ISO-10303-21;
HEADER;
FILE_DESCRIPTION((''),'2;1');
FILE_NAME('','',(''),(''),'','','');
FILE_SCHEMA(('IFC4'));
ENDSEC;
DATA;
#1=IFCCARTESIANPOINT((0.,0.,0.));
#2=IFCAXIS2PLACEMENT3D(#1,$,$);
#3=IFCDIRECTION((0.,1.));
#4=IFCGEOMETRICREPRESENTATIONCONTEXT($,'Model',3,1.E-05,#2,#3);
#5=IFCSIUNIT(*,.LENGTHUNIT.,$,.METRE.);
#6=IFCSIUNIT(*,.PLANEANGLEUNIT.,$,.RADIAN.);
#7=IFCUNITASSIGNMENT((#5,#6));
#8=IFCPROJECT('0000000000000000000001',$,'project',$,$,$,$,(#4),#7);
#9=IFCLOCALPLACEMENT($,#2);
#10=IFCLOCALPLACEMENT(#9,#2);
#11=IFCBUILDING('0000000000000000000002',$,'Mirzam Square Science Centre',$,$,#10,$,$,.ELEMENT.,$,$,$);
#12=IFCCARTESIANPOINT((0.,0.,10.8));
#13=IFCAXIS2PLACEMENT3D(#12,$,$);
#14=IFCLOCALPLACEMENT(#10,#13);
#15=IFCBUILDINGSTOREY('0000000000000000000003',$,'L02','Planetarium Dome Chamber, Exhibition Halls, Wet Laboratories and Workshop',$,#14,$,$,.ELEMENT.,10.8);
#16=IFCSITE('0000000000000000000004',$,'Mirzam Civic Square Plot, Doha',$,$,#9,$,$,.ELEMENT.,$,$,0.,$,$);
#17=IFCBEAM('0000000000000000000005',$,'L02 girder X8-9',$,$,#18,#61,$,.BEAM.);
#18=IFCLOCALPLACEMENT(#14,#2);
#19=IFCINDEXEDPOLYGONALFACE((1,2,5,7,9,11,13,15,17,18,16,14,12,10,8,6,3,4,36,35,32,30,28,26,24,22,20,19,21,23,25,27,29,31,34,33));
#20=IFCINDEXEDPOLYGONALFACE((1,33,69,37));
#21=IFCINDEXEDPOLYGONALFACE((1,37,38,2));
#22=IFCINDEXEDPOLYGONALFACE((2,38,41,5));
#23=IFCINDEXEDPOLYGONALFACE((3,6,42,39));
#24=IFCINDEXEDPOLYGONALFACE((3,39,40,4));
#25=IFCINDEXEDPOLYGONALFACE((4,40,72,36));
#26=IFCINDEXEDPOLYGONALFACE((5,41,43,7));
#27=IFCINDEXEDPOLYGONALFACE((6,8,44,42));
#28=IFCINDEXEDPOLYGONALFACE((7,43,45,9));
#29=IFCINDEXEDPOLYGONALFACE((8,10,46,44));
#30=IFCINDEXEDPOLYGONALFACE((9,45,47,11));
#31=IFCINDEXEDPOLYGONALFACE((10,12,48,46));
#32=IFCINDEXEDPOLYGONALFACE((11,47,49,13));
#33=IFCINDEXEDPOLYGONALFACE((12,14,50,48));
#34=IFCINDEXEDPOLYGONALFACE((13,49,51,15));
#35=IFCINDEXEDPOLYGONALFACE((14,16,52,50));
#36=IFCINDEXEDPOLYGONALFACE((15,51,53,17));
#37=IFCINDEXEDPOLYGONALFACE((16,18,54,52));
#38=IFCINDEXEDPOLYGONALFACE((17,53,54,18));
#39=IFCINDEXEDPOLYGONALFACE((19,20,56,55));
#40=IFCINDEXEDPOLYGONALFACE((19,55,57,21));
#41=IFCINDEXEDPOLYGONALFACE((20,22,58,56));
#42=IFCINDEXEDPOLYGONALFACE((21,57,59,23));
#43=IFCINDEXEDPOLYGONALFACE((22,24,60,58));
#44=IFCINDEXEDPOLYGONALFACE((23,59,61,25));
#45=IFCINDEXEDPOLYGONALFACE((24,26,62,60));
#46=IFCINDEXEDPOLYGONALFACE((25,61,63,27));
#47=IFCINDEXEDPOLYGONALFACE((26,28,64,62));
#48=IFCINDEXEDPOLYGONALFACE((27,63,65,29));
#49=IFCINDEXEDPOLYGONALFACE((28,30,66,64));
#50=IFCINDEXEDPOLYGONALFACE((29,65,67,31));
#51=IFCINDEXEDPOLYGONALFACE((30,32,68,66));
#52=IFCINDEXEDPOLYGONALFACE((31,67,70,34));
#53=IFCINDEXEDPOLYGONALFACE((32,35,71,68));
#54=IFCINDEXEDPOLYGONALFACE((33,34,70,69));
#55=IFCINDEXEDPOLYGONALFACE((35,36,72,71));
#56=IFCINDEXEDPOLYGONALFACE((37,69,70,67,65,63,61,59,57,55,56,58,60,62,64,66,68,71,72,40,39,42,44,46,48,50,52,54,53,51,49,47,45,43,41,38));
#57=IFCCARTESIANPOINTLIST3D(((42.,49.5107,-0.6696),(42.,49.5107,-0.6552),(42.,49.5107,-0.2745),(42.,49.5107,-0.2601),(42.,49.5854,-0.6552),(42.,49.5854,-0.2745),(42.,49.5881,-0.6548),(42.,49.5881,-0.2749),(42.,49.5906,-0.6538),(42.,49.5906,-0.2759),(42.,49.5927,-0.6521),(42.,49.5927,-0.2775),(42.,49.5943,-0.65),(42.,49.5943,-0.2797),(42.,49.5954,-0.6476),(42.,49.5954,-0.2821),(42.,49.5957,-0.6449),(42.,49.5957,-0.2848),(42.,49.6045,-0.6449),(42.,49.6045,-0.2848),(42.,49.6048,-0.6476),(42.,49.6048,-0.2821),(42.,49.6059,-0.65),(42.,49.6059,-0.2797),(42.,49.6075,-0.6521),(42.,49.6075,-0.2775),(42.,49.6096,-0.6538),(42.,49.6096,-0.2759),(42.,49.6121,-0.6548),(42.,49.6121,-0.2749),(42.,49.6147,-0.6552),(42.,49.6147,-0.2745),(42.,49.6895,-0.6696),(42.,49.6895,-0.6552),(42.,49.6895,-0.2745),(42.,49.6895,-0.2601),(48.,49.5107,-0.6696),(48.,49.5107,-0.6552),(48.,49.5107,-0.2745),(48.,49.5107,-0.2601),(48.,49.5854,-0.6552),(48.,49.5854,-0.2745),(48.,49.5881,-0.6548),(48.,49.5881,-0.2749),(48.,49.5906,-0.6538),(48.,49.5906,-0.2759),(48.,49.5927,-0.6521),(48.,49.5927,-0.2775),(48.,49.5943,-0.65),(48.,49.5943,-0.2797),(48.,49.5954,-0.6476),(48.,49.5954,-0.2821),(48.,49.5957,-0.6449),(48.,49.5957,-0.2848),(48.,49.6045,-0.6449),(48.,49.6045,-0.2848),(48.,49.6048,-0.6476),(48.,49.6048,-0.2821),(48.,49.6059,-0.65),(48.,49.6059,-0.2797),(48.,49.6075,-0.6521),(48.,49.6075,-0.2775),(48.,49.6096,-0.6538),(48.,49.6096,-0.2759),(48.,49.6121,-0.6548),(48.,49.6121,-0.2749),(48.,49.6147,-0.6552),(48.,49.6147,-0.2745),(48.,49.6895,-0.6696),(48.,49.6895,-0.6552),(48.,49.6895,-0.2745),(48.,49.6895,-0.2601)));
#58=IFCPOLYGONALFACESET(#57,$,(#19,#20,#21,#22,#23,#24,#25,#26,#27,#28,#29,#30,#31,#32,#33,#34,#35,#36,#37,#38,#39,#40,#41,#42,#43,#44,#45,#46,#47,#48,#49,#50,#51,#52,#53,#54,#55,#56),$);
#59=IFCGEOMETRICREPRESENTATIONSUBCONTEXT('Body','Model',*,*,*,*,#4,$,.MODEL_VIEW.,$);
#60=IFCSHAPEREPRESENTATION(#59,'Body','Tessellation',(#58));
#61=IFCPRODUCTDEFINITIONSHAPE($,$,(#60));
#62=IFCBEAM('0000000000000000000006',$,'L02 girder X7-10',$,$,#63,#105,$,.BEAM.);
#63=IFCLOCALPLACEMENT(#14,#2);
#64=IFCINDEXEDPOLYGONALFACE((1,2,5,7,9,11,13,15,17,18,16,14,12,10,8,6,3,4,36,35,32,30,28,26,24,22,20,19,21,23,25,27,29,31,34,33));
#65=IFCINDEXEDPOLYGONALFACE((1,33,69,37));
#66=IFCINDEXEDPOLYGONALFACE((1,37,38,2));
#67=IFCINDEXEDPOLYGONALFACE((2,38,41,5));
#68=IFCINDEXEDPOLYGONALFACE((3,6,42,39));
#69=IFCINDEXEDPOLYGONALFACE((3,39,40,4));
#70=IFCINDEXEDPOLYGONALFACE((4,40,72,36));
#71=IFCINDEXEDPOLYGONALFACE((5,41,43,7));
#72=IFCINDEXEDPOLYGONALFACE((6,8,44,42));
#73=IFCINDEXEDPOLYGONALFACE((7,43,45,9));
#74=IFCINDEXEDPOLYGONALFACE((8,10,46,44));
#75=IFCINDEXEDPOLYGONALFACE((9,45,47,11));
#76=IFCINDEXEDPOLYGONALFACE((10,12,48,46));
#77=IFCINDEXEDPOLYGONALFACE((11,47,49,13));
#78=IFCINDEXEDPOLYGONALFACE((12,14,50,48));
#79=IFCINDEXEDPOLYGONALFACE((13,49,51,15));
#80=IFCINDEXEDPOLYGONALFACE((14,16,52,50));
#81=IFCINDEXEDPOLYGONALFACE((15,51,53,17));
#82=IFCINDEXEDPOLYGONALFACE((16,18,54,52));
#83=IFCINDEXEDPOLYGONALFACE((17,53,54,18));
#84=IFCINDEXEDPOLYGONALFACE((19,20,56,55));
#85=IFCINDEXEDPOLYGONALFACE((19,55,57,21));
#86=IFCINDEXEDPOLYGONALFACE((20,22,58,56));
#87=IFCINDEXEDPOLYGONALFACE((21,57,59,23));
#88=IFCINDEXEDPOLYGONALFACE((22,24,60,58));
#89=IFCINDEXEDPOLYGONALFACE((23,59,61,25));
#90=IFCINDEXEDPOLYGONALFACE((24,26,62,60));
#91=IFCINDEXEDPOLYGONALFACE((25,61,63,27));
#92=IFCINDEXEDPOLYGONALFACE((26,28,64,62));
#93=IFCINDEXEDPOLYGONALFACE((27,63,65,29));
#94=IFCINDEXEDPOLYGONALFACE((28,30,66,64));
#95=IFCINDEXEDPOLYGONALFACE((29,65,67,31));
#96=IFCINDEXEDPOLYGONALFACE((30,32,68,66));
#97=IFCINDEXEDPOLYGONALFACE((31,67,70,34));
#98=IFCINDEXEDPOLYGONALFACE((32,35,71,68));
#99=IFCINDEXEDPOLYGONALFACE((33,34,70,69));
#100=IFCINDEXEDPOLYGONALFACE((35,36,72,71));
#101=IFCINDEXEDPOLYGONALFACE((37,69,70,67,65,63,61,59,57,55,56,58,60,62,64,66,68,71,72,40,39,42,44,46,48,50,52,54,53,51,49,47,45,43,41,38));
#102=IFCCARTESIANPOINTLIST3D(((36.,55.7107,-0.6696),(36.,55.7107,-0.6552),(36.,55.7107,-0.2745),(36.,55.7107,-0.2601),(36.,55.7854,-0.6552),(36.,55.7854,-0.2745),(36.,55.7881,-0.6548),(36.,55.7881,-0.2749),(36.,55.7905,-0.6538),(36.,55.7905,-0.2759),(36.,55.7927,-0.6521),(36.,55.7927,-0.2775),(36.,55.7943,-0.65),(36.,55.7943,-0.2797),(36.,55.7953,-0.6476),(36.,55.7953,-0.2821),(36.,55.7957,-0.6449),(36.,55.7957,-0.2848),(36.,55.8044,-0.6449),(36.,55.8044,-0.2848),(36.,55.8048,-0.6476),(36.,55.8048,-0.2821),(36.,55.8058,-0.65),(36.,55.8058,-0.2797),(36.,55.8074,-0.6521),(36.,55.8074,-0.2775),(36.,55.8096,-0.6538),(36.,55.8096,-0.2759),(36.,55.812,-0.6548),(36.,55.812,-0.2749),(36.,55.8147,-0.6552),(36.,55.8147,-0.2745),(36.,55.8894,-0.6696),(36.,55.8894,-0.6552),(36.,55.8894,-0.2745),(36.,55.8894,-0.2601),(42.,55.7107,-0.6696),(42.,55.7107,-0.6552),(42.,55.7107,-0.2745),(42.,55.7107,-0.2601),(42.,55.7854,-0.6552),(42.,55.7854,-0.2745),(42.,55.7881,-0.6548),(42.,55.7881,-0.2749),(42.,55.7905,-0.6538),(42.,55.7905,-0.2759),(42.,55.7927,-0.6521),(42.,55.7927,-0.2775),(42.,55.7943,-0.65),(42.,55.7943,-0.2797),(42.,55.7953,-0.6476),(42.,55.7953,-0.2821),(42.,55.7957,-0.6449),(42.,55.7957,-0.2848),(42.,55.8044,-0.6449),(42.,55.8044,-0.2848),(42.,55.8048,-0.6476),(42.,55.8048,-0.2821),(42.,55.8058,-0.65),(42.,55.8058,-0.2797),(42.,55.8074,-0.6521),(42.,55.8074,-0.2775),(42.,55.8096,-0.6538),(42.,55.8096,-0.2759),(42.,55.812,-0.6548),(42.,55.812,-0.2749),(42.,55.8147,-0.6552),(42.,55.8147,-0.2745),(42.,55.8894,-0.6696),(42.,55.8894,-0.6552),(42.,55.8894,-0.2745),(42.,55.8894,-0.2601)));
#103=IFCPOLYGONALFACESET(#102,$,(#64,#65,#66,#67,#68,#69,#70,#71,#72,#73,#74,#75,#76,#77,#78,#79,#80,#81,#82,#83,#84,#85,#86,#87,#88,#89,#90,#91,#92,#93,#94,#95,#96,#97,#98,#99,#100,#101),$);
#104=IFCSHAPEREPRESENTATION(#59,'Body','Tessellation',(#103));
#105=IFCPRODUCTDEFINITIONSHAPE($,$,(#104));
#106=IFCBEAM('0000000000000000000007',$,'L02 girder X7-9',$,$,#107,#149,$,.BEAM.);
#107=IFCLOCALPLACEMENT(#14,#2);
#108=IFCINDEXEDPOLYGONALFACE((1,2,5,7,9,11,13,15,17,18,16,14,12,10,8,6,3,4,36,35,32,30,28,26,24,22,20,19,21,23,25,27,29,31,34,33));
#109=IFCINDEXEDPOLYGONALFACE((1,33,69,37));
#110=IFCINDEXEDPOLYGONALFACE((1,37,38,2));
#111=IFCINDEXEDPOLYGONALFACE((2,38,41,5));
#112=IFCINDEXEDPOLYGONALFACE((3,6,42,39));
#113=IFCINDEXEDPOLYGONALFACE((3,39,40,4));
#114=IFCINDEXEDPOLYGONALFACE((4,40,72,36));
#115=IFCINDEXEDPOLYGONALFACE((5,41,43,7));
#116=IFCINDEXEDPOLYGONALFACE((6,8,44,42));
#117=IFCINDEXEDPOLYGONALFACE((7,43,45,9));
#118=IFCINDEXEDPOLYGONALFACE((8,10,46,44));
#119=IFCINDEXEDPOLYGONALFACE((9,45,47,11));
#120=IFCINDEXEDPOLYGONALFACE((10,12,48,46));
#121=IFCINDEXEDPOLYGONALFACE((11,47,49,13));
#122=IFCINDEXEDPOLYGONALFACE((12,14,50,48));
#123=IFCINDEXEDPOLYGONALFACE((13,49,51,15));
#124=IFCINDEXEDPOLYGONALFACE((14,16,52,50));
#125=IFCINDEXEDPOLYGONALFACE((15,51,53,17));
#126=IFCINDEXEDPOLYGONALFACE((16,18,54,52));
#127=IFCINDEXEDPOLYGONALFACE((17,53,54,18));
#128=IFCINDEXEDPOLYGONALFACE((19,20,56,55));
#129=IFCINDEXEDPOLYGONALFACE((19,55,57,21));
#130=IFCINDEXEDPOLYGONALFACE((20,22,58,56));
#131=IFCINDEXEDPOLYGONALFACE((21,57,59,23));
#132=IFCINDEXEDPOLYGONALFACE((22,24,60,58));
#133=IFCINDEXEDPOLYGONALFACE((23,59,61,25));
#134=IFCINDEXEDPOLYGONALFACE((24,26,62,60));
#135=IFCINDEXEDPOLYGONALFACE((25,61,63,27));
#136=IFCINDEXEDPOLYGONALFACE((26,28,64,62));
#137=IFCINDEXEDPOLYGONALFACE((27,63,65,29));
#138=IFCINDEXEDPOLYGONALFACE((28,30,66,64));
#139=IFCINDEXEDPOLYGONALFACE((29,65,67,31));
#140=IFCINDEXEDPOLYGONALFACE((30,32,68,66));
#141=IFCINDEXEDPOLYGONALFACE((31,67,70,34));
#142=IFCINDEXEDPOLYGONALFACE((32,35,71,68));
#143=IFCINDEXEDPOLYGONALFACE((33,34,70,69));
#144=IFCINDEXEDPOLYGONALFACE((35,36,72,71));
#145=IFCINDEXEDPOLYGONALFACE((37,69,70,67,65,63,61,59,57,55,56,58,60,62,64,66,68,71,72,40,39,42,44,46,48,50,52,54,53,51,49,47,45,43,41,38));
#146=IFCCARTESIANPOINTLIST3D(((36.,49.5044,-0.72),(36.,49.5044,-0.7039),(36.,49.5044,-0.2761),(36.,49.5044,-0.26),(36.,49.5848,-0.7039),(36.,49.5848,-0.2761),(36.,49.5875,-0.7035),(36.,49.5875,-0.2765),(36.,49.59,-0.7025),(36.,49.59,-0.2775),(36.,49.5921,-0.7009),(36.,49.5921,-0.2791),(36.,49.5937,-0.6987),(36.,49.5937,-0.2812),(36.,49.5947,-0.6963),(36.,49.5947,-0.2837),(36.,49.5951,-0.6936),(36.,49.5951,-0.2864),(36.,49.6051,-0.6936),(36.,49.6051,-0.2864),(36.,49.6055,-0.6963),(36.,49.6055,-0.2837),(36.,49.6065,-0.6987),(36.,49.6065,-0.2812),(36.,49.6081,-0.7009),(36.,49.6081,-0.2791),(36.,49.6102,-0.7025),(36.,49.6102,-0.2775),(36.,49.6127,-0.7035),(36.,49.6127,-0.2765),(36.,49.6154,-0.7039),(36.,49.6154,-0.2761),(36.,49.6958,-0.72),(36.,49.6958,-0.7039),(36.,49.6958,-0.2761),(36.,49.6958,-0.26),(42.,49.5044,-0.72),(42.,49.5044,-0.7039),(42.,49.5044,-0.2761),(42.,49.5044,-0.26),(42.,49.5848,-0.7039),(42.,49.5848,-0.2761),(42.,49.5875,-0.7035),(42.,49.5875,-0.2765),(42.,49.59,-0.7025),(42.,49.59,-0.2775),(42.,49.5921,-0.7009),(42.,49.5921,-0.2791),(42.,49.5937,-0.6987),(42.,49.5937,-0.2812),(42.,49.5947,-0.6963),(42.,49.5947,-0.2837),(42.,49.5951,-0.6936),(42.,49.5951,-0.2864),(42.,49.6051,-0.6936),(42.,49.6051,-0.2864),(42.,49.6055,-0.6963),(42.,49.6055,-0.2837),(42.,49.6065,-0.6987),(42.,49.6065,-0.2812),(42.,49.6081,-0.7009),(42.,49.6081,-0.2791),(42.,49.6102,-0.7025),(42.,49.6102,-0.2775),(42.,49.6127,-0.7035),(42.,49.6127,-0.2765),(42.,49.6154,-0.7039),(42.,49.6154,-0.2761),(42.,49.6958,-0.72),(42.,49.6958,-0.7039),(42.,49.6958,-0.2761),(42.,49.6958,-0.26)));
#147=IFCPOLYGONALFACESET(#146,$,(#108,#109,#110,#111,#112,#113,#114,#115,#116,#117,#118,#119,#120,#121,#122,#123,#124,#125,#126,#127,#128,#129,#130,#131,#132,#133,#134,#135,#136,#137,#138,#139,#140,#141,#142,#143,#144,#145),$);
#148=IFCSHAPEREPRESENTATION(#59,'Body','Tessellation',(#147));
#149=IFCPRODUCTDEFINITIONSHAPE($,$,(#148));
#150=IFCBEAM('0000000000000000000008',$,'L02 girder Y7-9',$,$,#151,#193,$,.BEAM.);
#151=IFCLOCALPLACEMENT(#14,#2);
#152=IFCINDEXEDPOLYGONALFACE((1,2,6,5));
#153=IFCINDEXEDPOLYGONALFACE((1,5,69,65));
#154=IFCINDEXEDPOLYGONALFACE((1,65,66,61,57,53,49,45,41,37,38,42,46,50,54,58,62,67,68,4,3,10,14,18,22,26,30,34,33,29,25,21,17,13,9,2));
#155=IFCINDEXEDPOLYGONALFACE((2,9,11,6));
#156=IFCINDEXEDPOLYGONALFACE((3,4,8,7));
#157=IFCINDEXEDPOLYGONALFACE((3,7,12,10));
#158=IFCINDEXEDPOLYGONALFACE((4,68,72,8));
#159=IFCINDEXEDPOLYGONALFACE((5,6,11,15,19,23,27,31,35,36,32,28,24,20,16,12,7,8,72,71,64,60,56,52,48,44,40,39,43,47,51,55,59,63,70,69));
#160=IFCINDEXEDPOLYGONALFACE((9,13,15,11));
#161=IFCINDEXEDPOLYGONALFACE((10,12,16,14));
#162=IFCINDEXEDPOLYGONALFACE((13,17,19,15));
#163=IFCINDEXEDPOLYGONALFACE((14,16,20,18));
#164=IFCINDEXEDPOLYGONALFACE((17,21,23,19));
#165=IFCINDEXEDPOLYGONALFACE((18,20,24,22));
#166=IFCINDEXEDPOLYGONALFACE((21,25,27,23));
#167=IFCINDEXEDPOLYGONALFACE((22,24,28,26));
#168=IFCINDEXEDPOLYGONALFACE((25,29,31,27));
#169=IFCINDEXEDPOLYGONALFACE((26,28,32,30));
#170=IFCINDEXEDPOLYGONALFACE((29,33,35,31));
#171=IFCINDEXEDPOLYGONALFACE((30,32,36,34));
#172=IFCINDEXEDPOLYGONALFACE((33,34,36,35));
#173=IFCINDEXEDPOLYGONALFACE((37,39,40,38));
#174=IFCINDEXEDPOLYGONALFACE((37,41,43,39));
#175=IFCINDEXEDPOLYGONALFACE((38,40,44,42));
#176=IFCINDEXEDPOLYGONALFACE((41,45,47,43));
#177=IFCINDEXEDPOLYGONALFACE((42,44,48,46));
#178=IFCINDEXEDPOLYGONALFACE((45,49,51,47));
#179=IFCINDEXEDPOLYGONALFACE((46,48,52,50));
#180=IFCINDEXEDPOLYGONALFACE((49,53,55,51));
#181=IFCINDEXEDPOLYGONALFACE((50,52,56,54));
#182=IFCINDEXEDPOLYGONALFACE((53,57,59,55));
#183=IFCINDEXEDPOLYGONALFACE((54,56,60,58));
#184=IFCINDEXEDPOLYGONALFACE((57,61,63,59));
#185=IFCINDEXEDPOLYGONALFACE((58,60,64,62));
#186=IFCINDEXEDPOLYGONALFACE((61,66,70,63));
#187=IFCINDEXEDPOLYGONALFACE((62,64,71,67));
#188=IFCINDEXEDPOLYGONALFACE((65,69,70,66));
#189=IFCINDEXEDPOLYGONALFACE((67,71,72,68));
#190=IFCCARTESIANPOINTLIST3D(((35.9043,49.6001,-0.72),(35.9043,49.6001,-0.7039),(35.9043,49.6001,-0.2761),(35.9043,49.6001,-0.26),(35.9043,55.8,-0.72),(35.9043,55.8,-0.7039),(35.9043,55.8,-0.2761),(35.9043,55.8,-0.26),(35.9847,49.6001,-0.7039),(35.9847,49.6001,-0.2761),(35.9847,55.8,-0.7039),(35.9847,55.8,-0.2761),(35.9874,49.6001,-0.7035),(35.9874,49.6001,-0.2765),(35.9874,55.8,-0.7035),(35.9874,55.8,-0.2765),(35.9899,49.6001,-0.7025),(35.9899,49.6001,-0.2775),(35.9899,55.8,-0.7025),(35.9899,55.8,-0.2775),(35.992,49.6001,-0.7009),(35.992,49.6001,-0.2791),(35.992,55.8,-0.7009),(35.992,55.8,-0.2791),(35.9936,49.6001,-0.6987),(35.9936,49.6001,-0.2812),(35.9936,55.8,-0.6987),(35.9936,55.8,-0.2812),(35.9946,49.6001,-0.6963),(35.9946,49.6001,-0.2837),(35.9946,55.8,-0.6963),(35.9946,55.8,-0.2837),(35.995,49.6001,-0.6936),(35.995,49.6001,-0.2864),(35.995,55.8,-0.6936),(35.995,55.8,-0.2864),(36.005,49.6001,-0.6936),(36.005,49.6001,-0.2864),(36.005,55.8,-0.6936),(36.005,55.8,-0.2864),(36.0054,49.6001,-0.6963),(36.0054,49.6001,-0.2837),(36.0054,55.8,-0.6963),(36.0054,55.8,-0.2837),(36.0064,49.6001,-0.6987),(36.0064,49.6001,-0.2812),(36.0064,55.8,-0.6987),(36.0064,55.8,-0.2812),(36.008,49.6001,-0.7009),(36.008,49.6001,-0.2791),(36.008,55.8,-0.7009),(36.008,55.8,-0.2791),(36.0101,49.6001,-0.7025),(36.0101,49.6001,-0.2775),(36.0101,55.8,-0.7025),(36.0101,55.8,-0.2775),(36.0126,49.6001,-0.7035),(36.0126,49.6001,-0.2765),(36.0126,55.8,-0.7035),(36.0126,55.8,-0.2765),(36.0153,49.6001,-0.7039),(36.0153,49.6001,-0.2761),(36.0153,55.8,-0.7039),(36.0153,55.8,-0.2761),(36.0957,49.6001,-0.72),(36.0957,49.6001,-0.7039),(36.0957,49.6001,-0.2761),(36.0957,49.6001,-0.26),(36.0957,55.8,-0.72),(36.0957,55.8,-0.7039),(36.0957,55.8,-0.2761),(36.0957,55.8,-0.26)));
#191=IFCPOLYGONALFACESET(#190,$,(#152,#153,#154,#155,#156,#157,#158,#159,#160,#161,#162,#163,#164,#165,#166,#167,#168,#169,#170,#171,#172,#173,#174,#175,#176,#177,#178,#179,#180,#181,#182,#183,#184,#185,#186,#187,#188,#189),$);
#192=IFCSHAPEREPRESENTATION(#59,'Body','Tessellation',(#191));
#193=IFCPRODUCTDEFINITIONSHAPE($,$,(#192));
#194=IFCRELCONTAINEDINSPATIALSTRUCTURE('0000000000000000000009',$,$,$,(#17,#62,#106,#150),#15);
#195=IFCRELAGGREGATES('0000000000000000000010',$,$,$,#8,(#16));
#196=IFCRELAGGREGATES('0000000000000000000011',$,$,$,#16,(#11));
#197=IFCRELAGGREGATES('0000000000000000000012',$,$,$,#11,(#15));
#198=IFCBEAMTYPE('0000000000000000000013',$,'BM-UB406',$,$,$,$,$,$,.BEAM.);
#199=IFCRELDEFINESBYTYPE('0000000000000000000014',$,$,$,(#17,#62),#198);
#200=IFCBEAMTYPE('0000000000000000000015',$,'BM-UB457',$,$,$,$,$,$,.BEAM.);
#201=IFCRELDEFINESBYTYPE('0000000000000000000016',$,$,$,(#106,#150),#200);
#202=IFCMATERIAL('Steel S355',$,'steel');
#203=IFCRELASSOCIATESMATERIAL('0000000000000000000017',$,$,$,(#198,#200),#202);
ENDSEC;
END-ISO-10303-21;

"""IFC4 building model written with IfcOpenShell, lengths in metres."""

from ifc_helpers import new_model, si_unit, direction, frame, origin, origin_2d, place, context, subcontext, project, spatial, i_section, extrude, material, material_profile, profile_set, type_object, element, save


model = new_model("IFC4")

# Units and contexts
model_context = context("Model", 3, precision=1e-05, world=origin(), true_north=direction((0.0, 1.0)))
body_context = subcontext(model_context, "Body", "Model", "MODEL_VIEW")
ifc_project = project(units=[si_unit("LENGTHUNIT", "METRE"), si_unit("PLANEANGLEUNIT", "RADIAN")], contexts=[model_context])

# Site, building, storey
site_placement = place(None, origin())
site = spatial("IfcSite", under=ifc_project, at=site_placement, Name="Mirzam Civic Square Plot, Doha", CompositionType="ELEMENT", RefElevation=0.0)
building_placement = place(site_placement, origin())
building = spatial("IfcBuilding", under=site, at=building_placement, Name="Mirzam Square Science Centre", CompositionType="ELEMENT")
storey_placement = place(building_placement, frame((0.0, 0.0, 10.8)))
storey = spatial("IfcBuildingStorey", under=building, at=storey_placement, Name="L02", Description="Planetarium Dome Chamber, Exhibition Halls, Wet Laboratories and Workshop", CompositionType="ELEMENT", Elevation=10.8)

# Shared definitions
ifc_material_1 = material(Name="Steel S355", Category="steel")

# Beams
ifc_material_profile_1 = material_profile(ifc_material_1, i_section(OverallWidth=0.1787, OverallDepth=0.4094, WebThickness=0.0088, FlangeThickness=0.0144, FilletRadius=0.0103, at=origin_2d()), Name="406x178x67UB")
ifc_profile_set_1 = profile_set([ifc_material_profile_1], Name="Steel S355")
beam_type_1 = type_object("IfcBeamType", Name="BM-UB406", PredefinedType="BEAM", material=ifc_profile_set_1)
for number, where, z_axis, x_axis, name in (
    (1, (42.0, 49.6001, -0.4648), (1.0, 0.0, 0.0), (0.0, 1.0, 0.0), "L02 girder X8-9"),
    (2, (36.0, 55.8, -0.4648), (1.0, 0.0, 0.0), (0.0, 1.0, 0.0), "L02 girder X7-10"),
):
    element("IfcBeam", number, at=place(storey_placement, frame(where, z_axis=z_axis, x_axis=x_axis)), inside=storey, type_object=beam_type_1, Name=name, PredefinedType="BEAM", context=body_context, shape_type="SweptSolid", body=[
        extrude(i_section(OverallWidth=0.1787, OverallDepth=0.4094, WebThickness=0.0088, FlangeThickness=0.0144, FilletRadius=0.0103, at=origin_2d()), origin(), (0.0, 0.0, 1.0), 6.0),
    ])
ifc_material_profile_2 = material_profile(ifc_material_1, i_section(OverallWidth=0.1914, OverallDepth=0.46, WebThickness=0.01, FlangeThickness=0.0161, FilletRadius=0.0103, at=origin_2d()), Name="457x191x82UB")
ifc_profile_set_2 = profile_set([ifc_material_profile_2], Name="Steel S355")
beam_type_2 = type_object("IfcBeamType", Name="BM-UB457", PredefinedType="BEAM", material=ifc_profile_set_2)
beam_1_placement = place(storey_placement, frame((36.0, 49.6001, -0.49), z_axis=(1.0, 0.0, 0.0), x_axis=(0.0, 1.0, 0.0)))
element("IfcBeam", 3, at=beam_1_placement, inside=storey, type_object=beam_type_2, Name="L02 girder X7-9", PredefinedType="BEAM", context=body_context, shape_type="SweptSolid", body=[
    extrude(i_section(OverallWidth=0.1914, OverallDepth=0.46, WebThickness=0.01, FlangeThickness=0.0161, FilletRadius=0.0103, at=origin_2d()), origin(), (0.0, 0.0, 1.0), 6.0),
])
beam_2_placement = place(storey_placement, frame((36.0, 49.6001, -0.49), z_axis=(0.0, 1.0, 0.0), x_axis=(-1.0, 0.0, 0.0)))
element("IfcBeam", 4, at=beam_2_placement, inside=storey, type_object=beam_type_2, Name="L02 girder Y7-9", PredefinedType="BEAM", context=body_context, shape_type="SweptSolid", body=[
    extrude(i_section(OverallWidth=0.1914, OverallDepth=0.46, WebThickness=0.01, FlangeThickness=0.0161, FilletRadius=0.0103, at=origin_2d()), origin(), (0.0, 0.0, 1.0), 6.2),
])

save(model, "model.ifc")
